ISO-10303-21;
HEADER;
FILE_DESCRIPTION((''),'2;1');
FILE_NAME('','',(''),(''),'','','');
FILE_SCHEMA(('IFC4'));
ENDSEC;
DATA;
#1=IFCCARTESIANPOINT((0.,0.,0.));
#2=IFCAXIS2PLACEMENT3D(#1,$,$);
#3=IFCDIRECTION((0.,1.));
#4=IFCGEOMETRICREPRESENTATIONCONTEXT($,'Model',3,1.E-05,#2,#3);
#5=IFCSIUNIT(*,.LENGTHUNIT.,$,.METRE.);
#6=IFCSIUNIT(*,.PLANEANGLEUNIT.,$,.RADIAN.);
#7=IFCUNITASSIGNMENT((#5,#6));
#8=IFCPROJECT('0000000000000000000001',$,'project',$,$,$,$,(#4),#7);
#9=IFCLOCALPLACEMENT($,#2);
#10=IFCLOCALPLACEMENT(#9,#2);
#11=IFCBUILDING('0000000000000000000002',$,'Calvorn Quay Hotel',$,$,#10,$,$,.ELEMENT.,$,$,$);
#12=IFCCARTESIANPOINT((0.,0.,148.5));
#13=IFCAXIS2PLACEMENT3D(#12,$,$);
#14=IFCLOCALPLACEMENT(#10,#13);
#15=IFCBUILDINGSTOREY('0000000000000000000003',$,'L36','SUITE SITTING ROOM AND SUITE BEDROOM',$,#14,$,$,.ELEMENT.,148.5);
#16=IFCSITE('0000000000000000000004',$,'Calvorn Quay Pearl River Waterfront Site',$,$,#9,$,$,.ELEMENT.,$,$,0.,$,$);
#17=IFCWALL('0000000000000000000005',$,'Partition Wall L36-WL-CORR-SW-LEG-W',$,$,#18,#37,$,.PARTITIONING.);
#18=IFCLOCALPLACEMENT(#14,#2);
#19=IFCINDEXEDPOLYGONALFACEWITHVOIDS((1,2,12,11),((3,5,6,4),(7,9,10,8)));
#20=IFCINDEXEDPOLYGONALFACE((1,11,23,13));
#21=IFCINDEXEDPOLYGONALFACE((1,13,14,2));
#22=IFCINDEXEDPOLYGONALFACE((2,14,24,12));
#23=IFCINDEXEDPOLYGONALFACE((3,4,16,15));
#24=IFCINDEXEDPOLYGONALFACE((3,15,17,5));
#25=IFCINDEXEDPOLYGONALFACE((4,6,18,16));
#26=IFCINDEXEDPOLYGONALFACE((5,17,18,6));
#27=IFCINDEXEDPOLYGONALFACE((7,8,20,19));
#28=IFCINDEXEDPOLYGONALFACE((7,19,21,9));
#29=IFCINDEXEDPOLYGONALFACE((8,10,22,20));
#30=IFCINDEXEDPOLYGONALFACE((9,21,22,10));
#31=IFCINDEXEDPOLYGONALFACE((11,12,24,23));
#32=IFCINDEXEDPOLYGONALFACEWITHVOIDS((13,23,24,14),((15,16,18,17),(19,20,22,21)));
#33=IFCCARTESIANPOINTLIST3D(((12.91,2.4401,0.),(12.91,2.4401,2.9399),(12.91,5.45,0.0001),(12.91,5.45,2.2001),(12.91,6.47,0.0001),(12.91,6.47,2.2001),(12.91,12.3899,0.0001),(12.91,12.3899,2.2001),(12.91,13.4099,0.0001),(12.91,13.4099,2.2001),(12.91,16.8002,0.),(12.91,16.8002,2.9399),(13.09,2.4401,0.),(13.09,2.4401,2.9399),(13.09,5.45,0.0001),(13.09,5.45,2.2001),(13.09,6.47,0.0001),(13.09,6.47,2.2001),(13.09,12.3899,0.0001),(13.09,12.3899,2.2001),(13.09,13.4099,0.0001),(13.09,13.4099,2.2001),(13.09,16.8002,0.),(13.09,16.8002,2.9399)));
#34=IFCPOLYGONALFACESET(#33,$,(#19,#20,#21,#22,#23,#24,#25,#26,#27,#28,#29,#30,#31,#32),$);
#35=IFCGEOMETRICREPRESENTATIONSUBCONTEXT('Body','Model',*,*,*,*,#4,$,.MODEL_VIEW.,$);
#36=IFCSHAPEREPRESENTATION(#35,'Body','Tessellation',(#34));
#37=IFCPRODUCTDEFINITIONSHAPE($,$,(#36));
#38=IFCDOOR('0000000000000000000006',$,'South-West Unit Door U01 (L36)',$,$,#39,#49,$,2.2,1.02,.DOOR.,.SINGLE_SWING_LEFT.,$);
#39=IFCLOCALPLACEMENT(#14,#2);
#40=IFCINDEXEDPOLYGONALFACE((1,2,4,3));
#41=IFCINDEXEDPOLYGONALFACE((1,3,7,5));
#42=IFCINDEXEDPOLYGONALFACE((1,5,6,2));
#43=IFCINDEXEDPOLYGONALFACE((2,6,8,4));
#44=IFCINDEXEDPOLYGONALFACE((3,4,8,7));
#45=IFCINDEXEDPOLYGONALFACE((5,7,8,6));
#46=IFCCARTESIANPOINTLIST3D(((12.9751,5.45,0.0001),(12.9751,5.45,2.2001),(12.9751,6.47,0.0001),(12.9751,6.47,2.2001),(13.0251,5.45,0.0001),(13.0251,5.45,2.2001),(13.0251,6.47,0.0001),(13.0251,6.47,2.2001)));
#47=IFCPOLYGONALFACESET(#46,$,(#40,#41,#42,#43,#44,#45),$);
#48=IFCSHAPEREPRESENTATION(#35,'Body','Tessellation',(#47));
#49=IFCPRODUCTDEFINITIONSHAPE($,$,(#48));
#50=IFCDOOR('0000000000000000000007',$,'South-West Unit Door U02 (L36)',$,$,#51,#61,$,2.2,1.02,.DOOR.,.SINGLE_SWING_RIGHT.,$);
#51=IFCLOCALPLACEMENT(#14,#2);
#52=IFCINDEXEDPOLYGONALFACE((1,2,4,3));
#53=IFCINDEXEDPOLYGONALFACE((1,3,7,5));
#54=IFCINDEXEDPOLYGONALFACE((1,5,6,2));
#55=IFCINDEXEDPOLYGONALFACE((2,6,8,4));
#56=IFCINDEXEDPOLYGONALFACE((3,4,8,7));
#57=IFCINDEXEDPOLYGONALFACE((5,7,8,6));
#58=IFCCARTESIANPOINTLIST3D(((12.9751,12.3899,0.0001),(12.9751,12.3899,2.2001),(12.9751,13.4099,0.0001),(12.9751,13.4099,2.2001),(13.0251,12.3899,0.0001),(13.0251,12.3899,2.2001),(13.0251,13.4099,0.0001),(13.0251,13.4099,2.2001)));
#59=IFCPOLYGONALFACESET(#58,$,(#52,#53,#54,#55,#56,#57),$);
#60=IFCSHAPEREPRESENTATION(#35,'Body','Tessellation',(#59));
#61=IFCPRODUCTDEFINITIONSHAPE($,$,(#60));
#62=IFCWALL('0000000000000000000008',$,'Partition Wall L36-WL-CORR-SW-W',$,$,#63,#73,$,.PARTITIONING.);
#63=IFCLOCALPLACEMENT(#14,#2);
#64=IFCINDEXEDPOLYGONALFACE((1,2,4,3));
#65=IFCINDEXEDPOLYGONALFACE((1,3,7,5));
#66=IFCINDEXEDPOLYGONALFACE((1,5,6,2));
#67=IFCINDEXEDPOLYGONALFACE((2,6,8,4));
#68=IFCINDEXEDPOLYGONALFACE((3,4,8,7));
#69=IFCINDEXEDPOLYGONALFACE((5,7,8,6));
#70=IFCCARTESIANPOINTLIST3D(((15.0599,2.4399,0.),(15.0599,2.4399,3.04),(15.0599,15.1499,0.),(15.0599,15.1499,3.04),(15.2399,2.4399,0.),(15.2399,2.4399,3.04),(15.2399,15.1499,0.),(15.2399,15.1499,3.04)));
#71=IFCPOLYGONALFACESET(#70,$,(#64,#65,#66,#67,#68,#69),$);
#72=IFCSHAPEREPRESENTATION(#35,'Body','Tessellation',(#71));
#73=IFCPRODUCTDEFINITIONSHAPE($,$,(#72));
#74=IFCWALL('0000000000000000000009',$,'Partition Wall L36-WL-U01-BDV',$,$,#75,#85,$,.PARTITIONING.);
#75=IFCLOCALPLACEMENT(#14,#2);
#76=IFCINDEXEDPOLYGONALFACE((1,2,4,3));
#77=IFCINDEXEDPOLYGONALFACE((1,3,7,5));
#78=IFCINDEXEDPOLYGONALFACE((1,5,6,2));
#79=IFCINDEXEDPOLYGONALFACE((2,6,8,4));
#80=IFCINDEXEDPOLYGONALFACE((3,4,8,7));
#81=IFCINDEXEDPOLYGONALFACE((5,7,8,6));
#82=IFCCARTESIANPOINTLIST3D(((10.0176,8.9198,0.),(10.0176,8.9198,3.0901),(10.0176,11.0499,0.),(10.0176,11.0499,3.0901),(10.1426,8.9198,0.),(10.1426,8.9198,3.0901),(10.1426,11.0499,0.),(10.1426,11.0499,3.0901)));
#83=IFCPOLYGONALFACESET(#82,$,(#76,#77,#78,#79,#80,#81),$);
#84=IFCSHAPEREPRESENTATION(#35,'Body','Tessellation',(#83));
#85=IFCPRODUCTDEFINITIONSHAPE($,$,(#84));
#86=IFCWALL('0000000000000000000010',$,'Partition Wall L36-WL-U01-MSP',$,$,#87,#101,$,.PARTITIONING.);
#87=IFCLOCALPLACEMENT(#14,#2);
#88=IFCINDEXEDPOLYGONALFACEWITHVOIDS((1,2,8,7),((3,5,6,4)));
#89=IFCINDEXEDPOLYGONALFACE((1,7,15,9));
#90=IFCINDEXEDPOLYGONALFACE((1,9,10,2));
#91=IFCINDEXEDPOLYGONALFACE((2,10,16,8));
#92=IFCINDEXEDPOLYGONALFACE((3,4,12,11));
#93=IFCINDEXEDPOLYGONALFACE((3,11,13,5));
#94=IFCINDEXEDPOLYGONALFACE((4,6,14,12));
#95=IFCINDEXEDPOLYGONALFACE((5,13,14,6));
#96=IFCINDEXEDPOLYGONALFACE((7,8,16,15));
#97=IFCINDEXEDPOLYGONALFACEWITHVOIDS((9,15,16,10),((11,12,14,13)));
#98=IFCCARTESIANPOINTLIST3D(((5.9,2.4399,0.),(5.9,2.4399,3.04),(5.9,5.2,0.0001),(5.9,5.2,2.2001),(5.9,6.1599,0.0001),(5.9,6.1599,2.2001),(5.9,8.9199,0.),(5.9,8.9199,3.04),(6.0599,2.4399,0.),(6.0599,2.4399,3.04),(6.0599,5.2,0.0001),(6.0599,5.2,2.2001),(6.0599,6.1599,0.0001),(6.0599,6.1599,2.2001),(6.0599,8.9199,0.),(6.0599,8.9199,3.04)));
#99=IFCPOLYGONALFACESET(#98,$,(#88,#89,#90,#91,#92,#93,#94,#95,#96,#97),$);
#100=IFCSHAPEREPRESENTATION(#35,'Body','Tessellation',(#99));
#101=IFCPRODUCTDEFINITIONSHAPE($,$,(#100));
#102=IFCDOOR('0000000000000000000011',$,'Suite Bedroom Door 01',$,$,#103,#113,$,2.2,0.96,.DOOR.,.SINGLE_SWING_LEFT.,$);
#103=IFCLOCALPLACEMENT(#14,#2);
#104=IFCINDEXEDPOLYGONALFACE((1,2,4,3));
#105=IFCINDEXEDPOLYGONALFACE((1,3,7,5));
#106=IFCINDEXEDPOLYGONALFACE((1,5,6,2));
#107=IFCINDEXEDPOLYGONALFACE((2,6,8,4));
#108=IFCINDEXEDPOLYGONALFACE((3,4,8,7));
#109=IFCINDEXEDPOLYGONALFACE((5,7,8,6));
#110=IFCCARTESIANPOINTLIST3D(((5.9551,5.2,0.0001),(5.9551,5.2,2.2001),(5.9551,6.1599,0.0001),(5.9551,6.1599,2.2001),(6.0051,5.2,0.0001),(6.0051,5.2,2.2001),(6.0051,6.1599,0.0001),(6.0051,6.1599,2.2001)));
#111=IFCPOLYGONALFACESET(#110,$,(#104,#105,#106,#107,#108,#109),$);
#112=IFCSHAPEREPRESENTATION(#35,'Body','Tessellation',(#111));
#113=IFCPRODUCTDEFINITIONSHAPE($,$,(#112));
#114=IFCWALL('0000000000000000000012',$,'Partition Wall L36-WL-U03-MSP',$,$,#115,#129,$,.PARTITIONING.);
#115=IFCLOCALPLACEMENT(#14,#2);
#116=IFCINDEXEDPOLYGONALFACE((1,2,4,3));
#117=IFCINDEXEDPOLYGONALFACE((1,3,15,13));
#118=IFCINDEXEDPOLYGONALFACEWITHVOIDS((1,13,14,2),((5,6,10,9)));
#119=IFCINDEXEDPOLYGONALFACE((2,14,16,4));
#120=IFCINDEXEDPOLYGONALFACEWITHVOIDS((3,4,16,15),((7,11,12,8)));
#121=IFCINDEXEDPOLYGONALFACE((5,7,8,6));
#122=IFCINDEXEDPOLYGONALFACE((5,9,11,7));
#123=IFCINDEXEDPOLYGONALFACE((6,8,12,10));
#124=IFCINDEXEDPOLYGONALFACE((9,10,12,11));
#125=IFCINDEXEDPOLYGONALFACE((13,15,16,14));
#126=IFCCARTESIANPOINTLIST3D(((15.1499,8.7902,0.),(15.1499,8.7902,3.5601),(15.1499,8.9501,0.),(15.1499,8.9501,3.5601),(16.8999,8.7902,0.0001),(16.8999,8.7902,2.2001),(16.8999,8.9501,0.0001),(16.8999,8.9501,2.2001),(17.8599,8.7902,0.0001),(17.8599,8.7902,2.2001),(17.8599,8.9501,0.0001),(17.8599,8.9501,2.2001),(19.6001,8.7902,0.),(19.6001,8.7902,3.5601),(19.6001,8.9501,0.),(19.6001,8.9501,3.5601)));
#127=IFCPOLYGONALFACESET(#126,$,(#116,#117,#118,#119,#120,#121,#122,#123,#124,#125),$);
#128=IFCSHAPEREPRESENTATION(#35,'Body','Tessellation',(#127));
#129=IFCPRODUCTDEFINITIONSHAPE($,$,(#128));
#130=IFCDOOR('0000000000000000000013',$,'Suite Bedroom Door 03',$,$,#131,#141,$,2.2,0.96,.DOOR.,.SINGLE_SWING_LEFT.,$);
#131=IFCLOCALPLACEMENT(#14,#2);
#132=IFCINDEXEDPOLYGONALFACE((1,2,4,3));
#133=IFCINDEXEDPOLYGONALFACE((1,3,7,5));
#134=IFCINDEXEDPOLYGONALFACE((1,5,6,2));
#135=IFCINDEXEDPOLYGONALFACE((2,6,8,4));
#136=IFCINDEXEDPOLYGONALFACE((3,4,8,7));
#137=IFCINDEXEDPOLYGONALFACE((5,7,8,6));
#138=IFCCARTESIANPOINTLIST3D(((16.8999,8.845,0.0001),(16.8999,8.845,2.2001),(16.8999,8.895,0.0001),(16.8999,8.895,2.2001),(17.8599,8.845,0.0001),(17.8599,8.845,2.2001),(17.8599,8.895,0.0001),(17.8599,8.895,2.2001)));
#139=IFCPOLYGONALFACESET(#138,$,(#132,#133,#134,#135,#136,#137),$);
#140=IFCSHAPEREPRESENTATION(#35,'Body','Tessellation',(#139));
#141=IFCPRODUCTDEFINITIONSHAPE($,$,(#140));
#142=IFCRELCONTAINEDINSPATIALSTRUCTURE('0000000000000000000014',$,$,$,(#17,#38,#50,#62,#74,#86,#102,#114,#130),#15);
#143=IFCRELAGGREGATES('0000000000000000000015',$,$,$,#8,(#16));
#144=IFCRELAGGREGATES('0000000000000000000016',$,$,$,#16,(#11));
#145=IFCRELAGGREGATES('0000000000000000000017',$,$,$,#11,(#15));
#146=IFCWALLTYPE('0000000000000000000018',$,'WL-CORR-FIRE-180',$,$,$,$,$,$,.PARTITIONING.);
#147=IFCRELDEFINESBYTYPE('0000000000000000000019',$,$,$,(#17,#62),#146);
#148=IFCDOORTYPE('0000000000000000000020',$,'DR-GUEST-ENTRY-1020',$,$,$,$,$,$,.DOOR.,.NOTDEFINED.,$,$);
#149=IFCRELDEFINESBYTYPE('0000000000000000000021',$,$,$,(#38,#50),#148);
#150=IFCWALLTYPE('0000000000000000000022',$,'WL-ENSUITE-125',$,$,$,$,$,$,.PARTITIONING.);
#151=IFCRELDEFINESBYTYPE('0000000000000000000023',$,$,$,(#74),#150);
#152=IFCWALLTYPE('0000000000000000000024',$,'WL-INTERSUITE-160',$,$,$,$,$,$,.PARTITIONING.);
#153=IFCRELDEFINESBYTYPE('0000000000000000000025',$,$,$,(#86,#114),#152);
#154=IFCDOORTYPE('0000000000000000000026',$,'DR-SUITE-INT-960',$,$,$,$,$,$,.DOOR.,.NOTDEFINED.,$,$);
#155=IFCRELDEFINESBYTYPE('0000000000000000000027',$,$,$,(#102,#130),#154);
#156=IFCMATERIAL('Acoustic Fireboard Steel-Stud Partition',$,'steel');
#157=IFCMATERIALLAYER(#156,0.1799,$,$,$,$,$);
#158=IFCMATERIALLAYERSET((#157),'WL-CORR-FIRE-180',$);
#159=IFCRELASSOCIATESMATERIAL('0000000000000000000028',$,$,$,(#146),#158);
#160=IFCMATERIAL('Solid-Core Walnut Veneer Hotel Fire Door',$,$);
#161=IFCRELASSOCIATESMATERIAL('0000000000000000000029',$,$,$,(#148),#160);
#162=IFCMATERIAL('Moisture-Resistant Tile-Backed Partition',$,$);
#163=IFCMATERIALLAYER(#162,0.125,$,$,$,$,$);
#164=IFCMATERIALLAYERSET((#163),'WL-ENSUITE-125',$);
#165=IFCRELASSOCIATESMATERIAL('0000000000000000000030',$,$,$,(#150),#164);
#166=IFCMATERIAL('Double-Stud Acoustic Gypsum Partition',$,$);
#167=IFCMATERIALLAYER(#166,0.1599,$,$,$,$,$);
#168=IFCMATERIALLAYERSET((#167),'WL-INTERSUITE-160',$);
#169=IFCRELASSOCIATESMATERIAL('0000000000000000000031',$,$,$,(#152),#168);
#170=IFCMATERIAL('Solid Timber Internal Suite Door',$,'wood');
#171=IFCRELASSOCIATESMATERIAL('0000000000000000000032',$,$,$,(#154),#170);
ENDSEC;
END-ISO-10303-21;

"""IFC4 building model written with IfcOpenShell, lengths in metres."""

from ifc_helpers import new_model, si_unit, direction, frame, frame_2d, origin, place, context, subcontext, project, spatial, rectangle, extrude, material, layer, layer_set, type_object, element, fill, save


model = new_model("IFC4")

# Units and contexts
model_context = context("Model", 3, precision=1e-05, world=origin(), true_north=direction((0.0, 1.0)))
body_context = subcontext(model_context, "Body", "Model", "MODEL_VIEW")
ifc_project = project(units=[si_unit("LENGTHUNIT", "METRE"), si_unit("PLANEANGLEUNIT", "RADIAN")], contexts=[model_context])

# Site, building, storey
site_placement = place(None, origin())
site = spatial("IfcSite", under=ifc_project, at=site_placement, Name="Calvorn Quay Pearl River Waterfront Site", CompositionType="ELEMENT", RefElevation=0.0)
building_placement = place(site_placement, origin())
building = spatial("IfcBuilding", under=site, at=building_placement, Name="Calvorn Quay Hotel", CompositionType="ELEMENT")
storey_placement = place(building_placement, frame((0.0, 0.0, 148.5)))
storey = spatial("IfcBuildingStorey", under=building, at=storey_placement, Name="L36", Description="SUITE SITTING ROOM AND SUITE BEDROOM", CompositionType="ELEMENT", Elevation=148.5)

# Wall, openings, doors
ifc_material_1 = material(Name="Acoustic Fireboard Steel-Stud Partition", Category="steel")
ifc_layer_1 = layer(ifc_material_1, 0.1799)
ifc_layer_set_1 = layer_set([ifc_layer_1], Name="WL-CORR-FIRE-180")
wall_type_1 = type_object("IfcWallType", Name="WL-CORR-FIRE-180", PredefinedType="PARTITIONING", material=ifc_layer_set_1)
wall_1_placement = place(storey_placement, frame((13.0, 2.4399, 0.0), z_axis=(0.0, 0.0, 1.0), x_axis=(0.0, 1.0, 0.0)))
wall_1 = element("IfcWall", 1, at=wall_1_placement, inside=storey, type_object=wall_type_1, Name="Partition Wall L36-WL-CORR-SW-LEG-W", PredefinedType="PARTITIONING", context=body_context, shape_type="SweptSolid", body=[
    extrude(rectangle(XDim=14.3601, YDim=0.1799, at=frame_2d((7.1802, 0.0))), origin(), (0.0, 0.0, 1.0), 2.9399),
])
opening_1_placement = place(wall_1_placement, frame((3.01, 0.0, 0.0)))
opening_1 = element("IfcOpeningElement", 2, at=opening_1_placement, cuts=wall_1, PredefinedType="OPENING", context=body_context, shape_type="SweptSolid", body=[
    extrude(rectangle(XDim=1.02, YDim=2.2, at=frame_2d((0.51, 1.1001))), frame((0.0, 0.0999, 0.0), z_axis=(0.0, -1.0, 0.0), x_axis=(1.0, 0.0, 0.0)), (0.0, 0.0, 1.0), 0.2),
])
opening_2_placement = place(wall_1_placement, frame((9.95, 0.0, 0.0)))
opening_2 = element("IfcOpeningElement", 3, at=opening_2_placement, cuts=wall_1, PredefinedType="OPENING", context=body_context, shape_type="SweptSolid", body=[
    extrude(rectangle(XDim=1.02, YDim=2.2, at=frame_2d((0.51, 1.1001))), frame((0.0, 0.0999, 0.0), z_axis=(0.0, -1.0, 0.0), x_axis=(1.0, 0.0, 0.0)), (0.0, 0.0, 1.0), 0.2),
])
ifc_material_2 = material(Name="Solid-Core Walnut Veneer Hotel Fire Door")
door_type_1 = type_object("IfcDoorType", Name="DR-GUEST-ENTRY-1020", OperationType="NOTDEFINED", PredefinedType="DOOR", material=ifc_material_2)
door_1_placement = place(opening_1_placement, origin())
door_1 = element("IfcDoor", 4, at=door_1_placement, inside=storey, type_object=door_type_1, Name="South-West Unit Door U01 (L36)", OperationType="SINGLE_SWING_LEFT", OverallHeight=2.2, OverallWidth=1.02, PredefinedType="DOOR", context=body_context, shape_type="SweptSolid", body=[
    extrude(rectangle(XDim=1.02, YDim=2.2, at=frame_2d((0.51, 1.1001))), frame((0.0, 0.0249, 0.0), z_axis=(0.0, -1.0, 0.0), x_axis=(1.0, 0.0, 0.0)), (0.0, 0.0, 1.0), 0.05),
])
fill(opening_1, door_1)
door_2_placement = place(opening_2_placement, origin())
door_2 = element("IfcDoor", 5, at=door_2_placement, inside=storey, type_object=door_type_1, Name="South-West Unit Door U02 (L36)", OperationType="SINGLE_SWING_RIGHT", OverallHeight=2.2, OverallWidth=1.02, PredefinedType="DOOR", context=body_context, shape_type="SweptSolid", body=[
    extrude(rectangle(XDim=1.02, YDim=2.2, at=frame_2d((0.51, 1.1001))), frame((0.0, 0.0249, 0.0), z_axis=(0.0, -1.0, 0.0), x_axis=(1.0, 0.0, 0.0)), (0.0, 0.0, 1.0), 0.05),
])
fill(opening_2, door_2)

# Walls
wall_2_placement = place(storey_placement, frame((15.1499, 2.4399, 0.0), z_axis=(0.0, 0.0, 1.0), x_axis=(0.0, 1.0, 0.0)))
element("IfcWall", 6, at=wall_2_placement, inside=storey, type_object=wall_type_1, Name="Partition Wall L36-WL-CORR-SW-W", PredefinedType="PARTITIONING", context=body_context, shape_type="SweptSolid", body=[
    extrude(rectangle(XDim=12.71, YDim=0.1799, at=frame_2d((6.355, 0.0))), origin(), (0.0, 0.0, 1.0), 3.04),
])
ifc_material_3 = material(Name="Moisture-Resistant Tile-Backed Partition")
ifc_layer_2 = layer(ifc_material_3, 0.125)
ifc_layer_set_2 = layer_set([ifc_layer_2], Name="WL-ENSUITE-125")
wall_type_2 = type_object("IfcWallType", Name="WL-ENSUITE-125", PredefinedType="PARTITIONING", material=ifc_layer_set_2)
wall_3_placement = place(storey_placement, frame((10.0801, 8.9199, 0.0), z_axis=(0.0, 0.0, 1.0), x_axis=(0.0, 1.0, 0.0)))
element("IfcWall", 7, at=wall_3_placement, inside=storey, type_object=wall_type_2, Name="Partition Wall L36-WL-U01-BDV", PredefinedType="PARTITIONING", context=body_context, shape_type="SweptSolid", body=[
    extrude(rectangle(XDim=2.1301, YDim=0.125, at=frame_2d((1.0649, 0.0))), origin(), (0.0, 0.0, 1.0), 3.0901),
])

# Walls, openings, doors
ifc_material_4 = material(Name="Double-Stud Acoustic Gypsum Partition")
ifc_layer_3 = layer(ifc_material_4, 0.1599)
ifc_layer_set_3 = layer_set([ifc_layer_3], Name="WL-INTERSUITE-160")
wall_type_3 = type_object("IfcWallType", Name="WL-INTERSUITE-160", PredefinedType="PARTITIONING", material=ifc_layer_set_3)
wall_4_placement = place(storey_placement, frame((5.98, 2.4399, 0.0), z_axis=(0.0, 0.0, 1.0), x_axis=(0.0, 1.0, 0.0)))
wall_4 = element("IfcWall", 8, at=wall_4_placement, inside=storey, type_object=wall_type_3, Name="Partition Wall L36-WL-U01-MSP", PredefinedType="PARTITIONING", context=body_context, shape_type="SweptSolid", body=[
    extrude(rectangle(XDim=6.48, YDim=0.1599, at=frame_2d((3.24, 0.0))), origin(), (0.0, 0.0, 1.0), 3.04),
])
opening_3_placement = place(wall_4_placement, frame((2.76, 0.0, 0.0)))
opening_3 = element("IfcOpeningElement", 9, at=opening_3_placement, cuts=wall_4, PredefinedType="OPENING", context=body_context, shape_type="SweptSolid", body=[
    extrude(rectangle(XDim=0.96, YDim=2.2, at=frame_2d((0.48, 1.1001))), frame((0.0, 0.0898, 0.0), z_axis=(0.0, -1.0, 0.0), x_axis=(1.0, 0.0, 0.0)), (0.0, 0.0, 1.0), 0.1799),
])
ifc_material_5 = material(Name="Solid Timber Internal Suite Door", Category="wood")
door_type_2 = type_object("IfcDoorType", Name="DR-SUITE-INT-960", OperationType="NOTDEFINED", PredefinedType="DOOR", material=ifc_material_5)
door_3_placement = place(opening_3_placement, origin())
door_3 = element("IfcDoor", 10, at=door_3_placement, inside=storey, type_object=door_type_2, Name="Suite Bedroom Door 01", OperationType="SINGLE_SWING_LEFT", OverallHeight=2.2, OverallWidth=0.96, PredefinedType="DOOR", context=body_context, shape_type="SweptSolid", body=[
    extrude(rectangle(XDim=0.96, YDim=2.2, at=frame_2d((0.48, 1.1001))), frame((0.0, 0.0249, 0.0), z_axis=(0.0, -1.0, 0.0), x_axis=(1.0, 0.0, 0.0)), (0.0, 0.0, 1.0), 0.05),
])
fill(opening_3, door_3)
wall_5_placement = place(storey_placement, frame((15.1499, 8.8701, 0.0), z_axis=(0.0, 0.0, 1.0), x_axis=(1.0, 0.0, 0.0)))
wall_5 = element("IfcWall", 11, at=wall_5_placement, inside=storey, type_object=wall_type_3, Name="Partition Wall L36-WL-U03-MSP", PredefinedType="PARTITIONING", context=body_context, shape_type="SweptSolid", body=[
    extrude(rectangle(XDim=4.4502, YDim=0.1599, at=frame_2d((2.2251, 0.0))), origin(), (0.0, 0.0, 1.0), 3.5601),
])
opening_4_placement = place(wall_5_placement, frame((1.75, 0.0, 0.0)))
opening_4 = element("IfcOpeningElement", 12, at=opening_4_placement, cuts=wall_5, PredefinedType="OPENING", context=body_context, shape_type="SweptSolid", body=[
    extrude(rectangle(XDim=0.96, YDim=2.2, at=frame_2d((0.48, 1.1001))), frame((0.0, 0.0898, 0.0), z_axis=(0.0, -1.0, 0.0), x_axis=(1.0, 0.0, 0.0)), (0.0, 0.0, 1.0), 0.1799),
])
door_4_placement = place(opening_4_placement, origin())
door_4 = element("IfcDoor", 13, at=door_4_placement, inside=storey, type_object=door_type_2, Name="Suite Bedroom Door 03", OperationType="SINGLE_SWING_LEFT", OverallHeight=2.2, OverallWidth=0.96, PredefinedType="DOOR", context=body_context, shape_type="SweptSolid", body=[
    extrude(rectangle(XDim=0.96, YDim=2.2, at=frame_2d((0.48, 1.1001))), frame((0.0, 0.0249, 0.0), z_axis=(0.0, -1.0, 0.0), x_axis=(1.0, 0.0, 0.0)), (0.0, 0.0, 1.0), 0.05),
])
fill(opening_4, door_4)

save(model, "model.ifc")
